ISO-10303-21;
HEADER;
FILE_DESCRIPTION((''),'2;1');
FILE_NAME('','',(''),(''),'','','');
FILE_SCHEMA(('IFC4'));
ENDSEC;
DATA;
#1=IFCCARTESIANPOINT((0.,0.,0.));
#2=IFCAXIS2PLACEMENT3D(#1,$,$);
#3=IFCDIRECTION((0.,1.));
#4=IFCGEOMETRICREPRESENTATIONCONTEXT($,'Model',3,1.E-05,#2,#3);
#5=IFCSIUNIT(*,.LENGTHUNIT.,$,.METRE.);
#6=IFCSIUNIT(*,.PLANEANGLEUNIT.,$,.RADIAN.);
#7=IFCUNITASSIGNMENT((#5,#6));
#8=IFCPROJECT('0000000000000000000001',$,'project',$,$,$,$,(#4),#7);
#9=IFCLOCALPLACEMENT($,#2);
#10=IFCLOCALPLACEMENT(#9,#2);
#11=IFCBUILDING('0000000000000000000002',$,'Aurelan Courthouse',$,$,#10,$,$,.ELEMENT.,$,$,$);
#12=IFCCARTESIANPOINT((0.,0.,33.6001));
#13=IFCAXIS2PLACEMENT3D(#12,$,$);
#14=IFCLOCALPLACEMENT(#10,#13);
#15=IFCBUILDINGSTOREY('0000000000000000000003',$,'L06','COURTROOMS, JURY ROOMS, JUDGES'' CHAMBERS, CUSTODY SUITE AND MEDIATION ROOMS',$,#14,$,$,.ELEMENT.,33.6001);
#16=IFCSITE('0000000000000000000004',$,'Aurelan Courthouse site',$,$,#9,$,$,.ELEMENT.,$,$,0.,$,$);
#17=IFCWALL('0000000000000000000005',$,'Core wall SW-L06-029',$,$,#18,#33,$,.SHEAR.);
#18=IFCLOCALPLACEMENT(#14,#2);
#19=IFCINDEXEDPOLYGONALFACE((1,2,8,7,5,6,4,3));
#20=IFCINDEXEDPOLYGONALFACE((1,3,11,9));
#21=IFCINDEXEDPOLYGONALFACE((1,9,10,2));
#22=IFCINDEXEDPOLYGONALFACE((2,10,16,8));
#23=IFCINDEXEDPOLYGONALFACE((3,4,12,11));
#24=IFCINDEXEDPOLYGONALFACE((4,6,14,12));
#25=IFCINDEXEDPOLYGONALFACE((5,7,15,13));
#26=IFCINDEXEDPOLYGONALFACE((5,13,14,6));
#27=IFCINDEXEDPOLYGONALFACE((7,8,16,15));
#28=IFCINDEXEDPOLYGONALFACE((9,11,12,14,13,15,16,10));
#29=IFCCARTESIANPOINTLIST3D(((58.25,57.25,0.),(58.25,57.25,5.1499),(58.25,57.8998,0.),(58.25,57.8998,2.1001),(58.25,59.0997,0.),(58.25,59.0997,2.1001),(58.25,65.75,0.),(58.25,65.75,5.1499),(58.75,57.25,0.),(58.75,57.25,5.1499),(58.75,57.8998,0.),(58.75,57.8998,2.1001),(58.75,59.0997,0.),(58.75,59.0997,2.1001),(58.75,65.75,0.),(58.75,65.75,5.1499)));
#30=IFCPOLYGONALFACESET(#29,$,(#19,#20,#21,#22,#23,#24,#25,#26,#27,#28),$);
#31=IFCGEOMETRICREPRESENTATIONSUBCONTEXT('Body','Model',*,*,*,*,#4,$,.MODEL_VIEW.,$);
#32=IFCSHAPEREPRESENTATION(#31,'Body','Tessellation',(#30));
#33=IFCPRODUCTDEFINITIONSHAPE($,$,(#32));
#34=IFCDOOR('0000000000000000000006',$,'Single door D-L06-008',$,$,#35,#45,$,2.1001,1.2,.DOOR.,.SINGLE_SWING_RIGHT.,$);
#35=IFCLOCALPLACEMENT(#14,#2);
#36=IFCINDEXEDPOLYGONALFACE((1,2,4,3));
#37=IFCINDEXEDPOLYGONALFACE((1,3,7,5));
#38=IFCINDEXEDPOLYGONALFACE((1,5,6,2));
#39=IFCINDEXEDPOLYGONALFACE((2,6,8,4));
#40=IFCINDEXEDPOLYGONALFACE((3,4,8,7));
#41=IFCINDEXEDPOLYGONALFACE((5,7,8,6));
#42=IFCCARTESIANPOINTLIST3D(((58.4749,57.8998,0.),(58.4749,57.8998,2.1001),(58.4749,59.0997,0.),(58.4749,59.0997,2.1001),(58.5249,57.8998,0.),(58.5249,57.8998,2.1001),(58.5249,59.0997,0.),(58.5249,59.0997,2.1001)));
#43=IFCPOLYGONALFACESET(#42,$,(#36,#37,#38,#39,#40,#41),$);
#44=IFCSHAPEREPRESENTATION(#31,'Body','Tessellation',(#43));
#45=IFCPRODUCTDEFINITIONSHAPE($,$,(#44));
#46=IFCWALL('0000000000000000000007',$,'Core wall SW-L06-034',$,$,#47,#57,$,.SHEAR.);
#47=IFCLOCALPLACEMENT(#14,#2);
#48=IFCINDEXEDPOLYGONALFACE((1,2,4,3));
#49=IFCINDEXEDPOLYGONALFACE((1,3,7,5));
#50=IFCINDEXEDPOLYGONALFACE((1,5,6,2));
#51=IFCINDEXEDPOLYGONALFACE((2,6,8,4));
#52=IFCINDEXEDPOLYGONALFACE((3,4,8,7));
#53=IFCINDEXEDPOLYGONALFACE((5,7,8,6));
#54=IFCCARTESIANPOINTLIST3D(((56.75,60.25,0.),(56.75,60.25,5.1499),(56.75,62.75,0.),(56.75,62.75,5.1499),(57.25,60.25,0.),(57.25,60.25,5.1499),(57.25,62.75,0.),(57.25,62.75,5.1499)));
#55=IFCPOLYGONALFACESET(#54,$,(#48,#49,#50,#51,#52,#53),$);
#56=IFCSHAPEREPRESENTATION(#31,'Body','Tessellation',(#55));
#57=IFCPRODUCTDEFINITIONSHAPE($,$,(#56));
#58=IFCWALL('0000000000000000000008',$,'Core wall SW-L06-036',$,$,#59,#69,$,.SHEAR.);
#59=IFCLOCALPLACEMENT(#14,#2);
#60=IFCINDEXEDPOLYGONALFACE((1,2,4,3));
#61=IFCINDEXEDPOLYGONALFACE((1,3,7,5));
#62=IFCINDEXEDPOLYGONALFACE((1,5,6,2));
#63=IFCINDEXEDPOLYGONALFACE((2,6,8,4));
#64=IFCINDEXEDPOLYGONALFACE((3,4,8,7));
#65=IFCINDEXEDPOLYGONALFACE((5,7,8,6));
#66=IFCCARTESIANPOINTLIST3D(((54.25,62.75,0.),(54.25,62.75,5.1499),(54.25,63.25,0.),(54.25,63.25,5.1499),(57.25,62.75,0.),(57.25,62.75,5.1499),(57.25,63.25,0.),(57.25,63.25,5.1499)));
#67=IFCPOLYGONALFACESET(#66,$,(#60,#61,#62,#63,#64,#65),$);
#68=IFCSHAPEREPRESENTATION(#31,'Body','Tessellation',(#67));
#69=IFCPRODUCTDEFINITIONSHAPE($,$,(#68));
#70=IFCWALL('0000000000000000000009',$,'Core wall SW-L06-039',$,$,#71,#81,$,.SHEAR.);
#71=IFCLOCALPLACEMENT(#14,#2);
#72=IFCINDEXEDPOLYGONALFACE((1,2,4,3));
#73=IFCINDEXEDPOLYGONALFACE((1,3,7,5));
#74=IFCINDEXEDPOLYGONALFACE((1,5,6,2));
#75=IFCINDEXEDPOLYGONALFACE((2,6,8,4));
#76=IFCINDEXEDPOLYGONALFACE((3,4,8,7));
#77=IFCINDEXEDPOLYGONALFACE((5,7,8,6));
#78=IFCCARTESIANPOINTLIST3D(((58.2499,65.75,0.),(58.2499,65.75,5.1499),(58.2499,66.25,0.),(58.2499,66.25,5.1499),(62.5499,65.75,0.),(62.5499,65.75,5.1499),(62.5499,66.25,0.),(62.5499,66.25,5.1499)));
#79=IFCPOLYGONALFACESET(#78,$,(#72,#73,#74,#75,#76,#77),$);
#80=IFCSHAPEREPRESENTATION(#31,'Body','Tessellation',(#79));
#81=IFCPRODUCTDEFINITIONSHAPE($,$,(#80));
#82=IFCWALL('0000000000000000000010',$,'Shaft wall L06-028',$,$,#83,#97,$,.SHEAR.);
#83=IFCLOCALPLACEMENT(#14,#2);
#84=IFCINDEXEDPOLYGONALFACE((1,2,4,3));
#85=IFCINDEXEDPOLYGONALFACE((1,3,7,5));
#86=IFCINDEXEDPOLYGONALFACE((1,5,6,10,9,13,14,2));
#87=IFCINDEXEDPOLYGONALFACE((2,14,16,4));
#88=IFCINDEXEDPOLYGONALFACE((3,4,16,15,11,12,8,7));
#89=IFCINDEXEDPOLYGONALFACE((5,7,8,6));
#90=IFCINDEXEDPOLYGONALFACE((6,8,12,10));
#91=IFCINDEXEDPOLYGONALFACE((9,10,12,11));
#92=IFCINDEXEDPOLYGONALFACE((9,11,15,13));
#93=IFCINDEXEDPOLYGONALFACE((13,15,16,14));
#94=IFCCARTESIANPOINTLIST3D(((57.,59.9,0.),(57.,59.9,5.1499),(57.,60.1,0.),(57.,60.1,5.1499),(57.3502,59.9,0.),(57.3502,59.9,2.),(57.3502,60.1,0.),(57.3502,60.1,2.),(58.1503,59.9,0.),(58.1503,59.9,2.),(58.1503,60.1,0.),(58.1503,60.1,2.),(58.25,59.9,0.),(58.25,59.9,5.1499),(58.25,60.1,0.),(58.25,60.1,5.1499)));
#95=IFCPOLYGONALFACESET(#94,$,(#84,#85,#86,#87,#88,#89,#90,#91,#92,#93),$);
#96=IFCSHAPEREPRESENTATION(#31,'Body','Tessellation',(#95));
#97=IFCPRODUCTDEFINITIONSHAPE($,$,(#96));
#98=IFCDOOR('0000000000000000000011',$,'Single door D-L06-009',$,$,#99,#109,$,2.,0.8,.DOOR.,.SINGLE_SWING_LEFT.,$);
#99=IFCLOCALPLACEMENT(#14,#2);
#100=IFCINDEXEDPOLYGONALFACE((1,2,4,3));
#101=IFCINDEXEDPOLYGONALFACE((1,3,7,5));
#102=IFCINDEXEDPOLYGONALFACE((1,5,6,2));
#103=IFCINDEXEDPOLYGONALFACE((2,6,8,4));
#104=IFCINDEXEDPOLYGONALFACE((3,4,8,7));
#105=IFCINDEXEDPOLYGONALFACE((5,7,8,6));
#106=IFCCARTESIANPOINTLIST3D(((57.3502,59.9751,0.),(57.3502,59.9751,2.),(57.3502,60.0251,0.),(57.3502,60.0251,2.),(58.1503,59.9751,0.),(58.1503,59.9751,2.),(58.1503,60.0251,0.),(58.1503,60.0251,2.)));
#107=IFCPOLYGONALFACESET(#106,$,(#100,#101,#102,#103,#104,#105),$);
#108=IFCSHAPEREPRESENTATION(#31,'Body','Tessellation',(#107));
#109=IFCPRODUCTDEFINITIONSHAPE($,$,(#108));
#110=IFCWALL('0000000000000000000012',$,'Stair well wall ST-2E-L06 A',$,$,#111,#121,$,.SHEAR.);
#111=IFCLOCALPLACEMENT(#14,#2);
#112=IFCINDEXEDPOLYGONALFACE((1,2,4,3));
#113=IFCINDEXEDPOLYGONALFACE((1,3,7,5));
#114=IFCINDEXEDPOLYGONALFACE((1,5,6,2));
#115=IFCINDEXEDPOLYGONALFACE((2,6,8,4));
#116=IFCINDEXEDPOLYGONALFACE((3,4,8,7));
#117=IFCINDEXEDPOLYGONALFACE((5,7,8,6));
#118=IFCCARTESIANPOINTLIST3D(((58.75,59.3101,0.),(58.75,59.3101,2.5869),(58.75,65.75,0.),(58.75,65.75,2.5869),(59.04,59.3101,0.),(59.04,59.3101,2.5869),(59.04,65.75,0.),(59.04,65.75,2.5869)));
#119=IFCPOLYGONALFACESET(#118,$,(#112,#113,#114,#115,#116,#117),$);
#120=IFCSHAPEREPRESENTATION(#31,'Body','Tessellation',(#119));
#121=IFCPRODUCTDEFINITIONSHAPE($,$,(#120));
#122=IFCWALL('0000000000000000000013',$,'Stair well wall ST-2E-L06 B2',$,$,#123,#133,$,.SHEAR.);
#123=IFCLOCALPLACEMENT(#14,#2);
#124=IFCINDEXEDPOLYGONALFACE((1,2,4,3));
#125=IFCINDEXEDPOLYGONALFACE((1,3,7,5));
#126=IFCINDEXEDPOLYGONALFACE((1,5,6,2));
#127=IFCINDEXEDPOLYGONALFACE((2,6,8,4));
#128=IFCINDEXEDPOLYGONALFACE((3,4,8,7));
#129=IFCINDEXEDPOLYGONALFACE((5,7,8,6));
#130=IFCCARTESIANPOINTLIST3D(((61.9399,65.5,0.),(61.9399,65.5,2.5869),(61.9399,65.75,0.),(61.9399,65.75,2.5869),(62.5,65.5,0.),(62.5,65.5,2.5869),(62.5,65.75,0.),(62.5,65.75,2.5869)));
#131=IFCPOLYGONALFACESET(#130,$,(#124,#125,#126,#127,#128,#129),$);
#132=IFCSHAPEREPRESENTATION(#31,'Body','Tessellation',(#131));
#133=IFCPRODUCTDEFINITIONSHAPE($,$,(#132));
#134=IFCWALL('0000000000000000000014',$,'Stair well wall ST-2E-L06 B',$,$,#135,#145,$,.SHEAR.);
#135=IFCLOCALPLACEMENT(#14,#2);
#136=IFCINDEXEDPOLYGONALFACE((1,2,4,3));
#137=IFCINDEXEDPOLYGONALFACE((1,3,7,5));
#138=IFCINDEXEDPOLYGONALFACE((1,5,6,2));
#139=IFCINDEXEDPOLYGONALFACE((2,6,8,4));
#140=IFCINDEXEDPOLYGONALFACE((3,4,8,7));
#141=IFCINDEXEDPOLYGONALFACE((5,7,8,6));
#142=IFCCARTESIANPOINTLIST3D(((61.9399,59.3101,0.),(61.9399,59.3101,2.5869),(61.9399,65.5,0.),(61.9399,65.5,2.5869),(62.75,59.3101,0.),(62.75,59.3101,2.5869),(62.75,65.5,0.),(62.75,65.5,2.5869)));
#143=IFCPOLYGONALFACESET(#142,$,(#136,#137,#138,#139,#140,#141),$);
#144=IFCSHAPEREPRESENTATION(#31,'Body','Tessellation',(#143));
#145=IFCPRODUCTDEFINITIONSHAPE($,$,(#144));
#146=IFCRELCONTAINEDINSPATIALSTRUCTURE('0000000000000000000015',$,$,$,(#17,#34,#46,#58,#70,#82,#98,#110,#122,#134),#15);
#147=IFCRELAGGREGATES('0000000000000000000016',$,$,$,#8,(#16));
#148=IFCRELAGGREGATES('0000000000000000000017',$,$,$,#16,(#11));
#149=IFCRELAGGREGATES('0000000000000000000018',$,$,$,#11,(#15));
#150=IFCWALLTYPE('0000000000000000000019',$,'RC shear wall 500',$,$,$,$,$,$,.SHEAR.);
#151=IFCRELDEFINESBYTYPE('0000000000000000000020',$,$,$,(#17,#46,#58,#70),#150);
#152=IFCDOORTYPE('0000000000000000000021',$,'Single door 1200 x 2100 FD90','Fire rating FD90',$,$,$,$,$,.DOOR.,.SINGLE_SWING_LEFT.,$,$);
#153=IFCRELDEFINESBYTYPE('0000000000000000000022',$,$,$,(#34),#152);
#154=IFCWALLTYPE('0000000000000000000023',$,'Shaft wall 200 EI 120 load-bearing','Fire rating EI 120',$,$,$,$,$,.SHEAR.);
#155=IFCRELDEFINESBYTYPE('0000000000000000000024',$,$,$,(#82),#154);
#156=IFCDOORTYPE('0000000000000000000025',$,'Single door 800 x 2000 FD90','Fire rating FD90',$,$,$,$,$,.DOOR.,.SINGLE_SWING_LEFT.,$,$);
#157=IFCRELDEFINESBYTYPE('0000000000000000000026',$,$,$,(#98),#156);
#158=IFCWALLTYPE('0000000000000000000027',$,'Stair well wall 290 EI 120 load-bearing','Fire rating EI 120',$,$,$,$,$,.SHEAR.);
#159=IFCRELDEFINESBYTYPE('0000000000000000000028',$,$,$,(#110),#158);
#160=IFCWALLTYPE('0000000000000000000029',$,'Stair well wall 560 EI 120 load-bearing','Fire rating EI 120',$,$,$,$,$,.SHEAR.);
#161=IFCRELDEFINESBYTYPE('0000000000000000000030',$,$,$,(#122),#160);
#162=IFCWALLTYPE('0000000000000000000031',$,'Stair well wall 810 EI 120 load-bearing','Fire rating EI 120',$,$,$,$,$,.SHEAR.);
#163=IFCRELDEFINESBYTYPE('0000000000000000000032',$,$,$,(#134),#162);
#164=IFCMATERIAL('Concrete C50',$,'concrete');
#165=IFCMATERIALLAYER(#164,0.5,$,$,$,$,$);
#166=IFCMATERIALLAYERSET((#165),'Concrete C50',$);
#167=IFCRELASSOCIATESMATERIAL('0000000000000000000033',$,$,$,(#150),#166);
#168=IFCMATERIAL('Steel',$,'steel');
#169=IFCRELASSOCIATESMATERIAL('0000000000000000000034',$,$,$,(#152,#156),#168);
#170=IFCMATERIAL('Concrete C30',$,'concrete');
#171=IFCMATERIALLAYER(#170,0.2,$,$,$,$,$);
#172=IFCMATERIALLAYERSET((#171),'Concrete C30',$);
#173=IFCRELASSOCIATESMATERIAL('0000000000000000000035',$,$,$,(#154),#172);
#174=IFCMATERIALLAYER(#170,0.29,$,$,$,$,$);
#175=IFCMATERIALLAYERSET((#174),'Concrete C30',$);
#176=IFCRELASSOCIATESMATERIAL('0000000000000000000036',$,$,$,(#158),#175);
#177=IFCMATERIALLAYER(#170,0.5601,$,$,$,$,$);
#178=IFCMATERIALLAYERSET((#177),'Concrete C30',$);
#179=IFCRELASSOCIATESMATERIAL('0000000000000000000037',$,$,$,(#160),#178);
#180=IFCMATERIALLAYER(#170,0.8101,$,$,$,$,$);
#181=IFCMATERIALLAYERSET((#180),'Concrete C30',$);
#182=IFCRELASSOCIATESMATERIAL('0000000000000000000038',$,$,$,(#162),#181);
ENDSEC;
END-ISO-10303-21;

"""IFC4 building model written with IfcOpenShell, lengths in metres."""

from ifc_helpers import new_model, si_unit, direction, frame, frame_2d, origin, place, context, subcontext, project, spatial, rectangle, extrude, material, layer, layer_set, type_object, element, fill, save


model = new_model("IFC4")

# Units and contexts
model_context = context("Model", 3, precision=1e-05, world=origin(), true_north=direction((0.0, 1.0)))
body_context = subcontext(model_context, "Body", "Model", "MODEL_VIEW")
ifc_project = project(units=[si_unit("LENGTHUNIT", "METRE"), si_unit("PLANEANGLEUNIT", "RADIAN")], contexts=[model_context])

# Site, building, storey
site_placement = place(None, origin())
site = spatial("IfcSite", under=ifc_project, at=site_placement, Name="Aurelan Courthouse site", CompositionType="ELEMENT", RefElevation=0.0)
building_placement = place(site_placement, origin())
building = spatial("IfcBuilding", under=site, at=building_placement, Name="Aurelan Courthouse", CompositionType="ELEMENT")
storey_placement = place(building_placement, frame((0.0, 0.0, 33.6001)))
storey = spatial("IfcBuildingStorey", under=building, at=storey_placement, Name="L06", Description="COURTROOMS, JURY ROOMS, JUDGES' CHAMBERS, CUSTODY SUITE AND MEDIATION ROOMS", CompositionType="ELEMENT", Elevation=33.6001)

# Shared definitions
ifc_material_1 = material(Name="Concrete C50", Category="concrete")

# Shared definitions
ifc_material_2 = material(Name="Concrete C30", Category="concrete")

# Shared definitions
ifc_material_3 = material(Name="Steel", Category="steel")

# Shared definitions
ifc_layer_1 = layer(ifc_material_1, 0.5)
ifc_layer_set_1 = layer_set([ifc_layer_1], Name="Concrete C50")
wall_type_1 = type_object("IfcWallType", Name="RC shear wall 500", PredefinedType="SHEAR", material=ifc_layer_set_1)

# Wall, opening, door
wall_1_placement = place(storey_placement, frame((58.5, 57.25, 0.0), z_axis=(0.0, 0.0, 1.0), x_axis=(0.0, 1.0, 0.0)))
wall_1 = element("IfcWall", 1, at=wall_1_placement, inside=storey, type_object=wall_type_1, Name="Core wall SW-L06-029", PredefinedType="SHEAR", context=body_context, shape_type="SweptSolid", body=[
    extrude(rectangle(XDim=8.5, YDim=0.5, at=frame_2d((4.25, 0.0))), origin(), (0.0, 0.0, 1.0), 5.1499),
])
opening_1_placement = place(wall_1_placement, frame((1.8499, 0.0, 0.0), z_axis=(0.0, 0.0, 1.0), x_axis=(-1.0, 0.0, 0.0)))
opening_1 = element("IfcOpeningElement", 2, at=opening_1_placement, cuts=wall_1, PredefinedType="OPENING", context=body_context, shape_type="SweptSolid", body=[
    extrude(rectangle(XDim=1.2, YDim=2.1001, at=frame_2d((0.6001, 1.05))), frame((0.0, 0.26, 0.0), z_axis=(0.0, -1.0, 0.0), x_axis=(1.0, 0.0, 0.0)), (0.0, 0.0, 1.0), 0.52),
])
door_type_1 = type_object("IfcDoorType", Name="Single door 1200 x 2100 FD90", Description="Fire rating FD90", OperationType="SINGLE_SWING_LEFT", PredefinedType="DOOR", material=ifc_material_3)
door_1_placement = place(opening_1_placement, origin())
door_1 = element("IfcDoor", 3, at=door_1_placement, inside=storey, type_object=door_type_1, Name="Single door D-L06-008", OperationType="SINGLE_SWING_RIGHT", OverallHeight=2.1001, OverallWidth=1.2, PredefinedType="DOOR", context=body_context, shape_type="SweptSolid", body=[
    extrude(rectangle(XDim=1.2, YDim=2.1001, at=frame_2d((0.6001, 1.05))), frame((0.0, 0.0249, 0.0), z_axis=(0.0, -1.0, 0.0), x_axis=(1.0, 0.0, 0.0)), (0.0, 0.0, 1.0), 0.05),
])
fill(opening_1, door_1)

# Walls
wall_2_placement = place(storey_placement, frame((57.0, 60.25, 0.0), z_axis=(0.0, 0.0, 1.0), x_axis=(0.0, 1.0, 0.0)))
element("IfcWall", 4, at=wall_2_placement, inside=storey, type_object=wall_type_1, Name="Core wall SW-L06-034", PredefinedType="SHEAR", context=body_context, shape_type="SweptSolid", body=[
    extrude(rectangle(XDim=2.5, YDim=0.5, at=frame_2d((1.25, 0.0))), origin(), (0.0, 0.0, 1.0), 5.1499),
])
wall_3_placement = place(storey_placement, frame((54.25, 63.0, 0.0), z_axis=(0.0, 0.0, 1.0), x_axis=(1.0, 0.0, 0.0)))
element("IfcWall", 5, at=wall_3_placement, inside=storey, type_object=wall_type_1, Name="Core wall SW-L06-036", PredefinedType="SHEAR", context=body_context, shape_type="SweptSolid", body=[
    extrude(rectangle(XDim=3.0, YDim=0.5, at=frame_2d((1.5, 0.0))), origin(), (0.0, 0.0, 1.0), 5.1499),
])
wall_4_placement = place(storey_placement, frame((58.25, 66.0, 0.0), z_axis=(0.0, 0.0, 1.0), x_axis=(1.0, 0.0, 0.0)))
element("IfcWall", 6, at=wall_4_placement, inside=storey, type_object=wall_type_1, Name="Core wall SW-L06-039", PredefinedType="SHEAR", context=body_context, shape_type="SweptSolid", body=[
    extrude(rectangle(XDim=4.3, YDim=0.5, at=frame_2d((2.1499, 0.0))), origin(), (0.0, 0.0, 1.0), 5.1499),
])

# Wall, opening, door
ifc_layer_2 = layer(ifc_material_2, 0.2)
ifc_layer_set_2 = layer_set([ifc_layer_2], Name="Concrete C30")
wall_type_2 = type_object("IfcWallType", Name="Shaft wall 200 EI 120 load-bearing", Description="Fire rating EI 120", PredefinedType="SHEAR", material=ifc_layer_set_2)
wall_5_placement = place(storey_placement, frame((57.0, 60.0, 0.0), z_axis=(0.0, 0.0, 1.0), x_axis=(1.0, 0.0, 0.0)))
wall_5 = element("IfcWall", 7, at=wall_5_placement, inside=storey, type_object=wall_type_2, Name="Shaft wall L06-028", PredefinedType="SHEAR", context=body_context, shape_type="SweptSolid", body=[
    extrude(rectangle(XDim=1.25, YDim=0.2, at=frame_2d((0.625, 0.0))), origin(), (0.0, 0.0, 1.0), 5.1499),
])
opening_2_placement = place(wall_5_placement, frame((1.1501, 0.0, 0.0), z_axis=(0.0, 0.0, 1.0), x_axis=(-1.0, 0.0, 0.0)))
opening_2 = element("IfcOpeningElement", 8, at=opening_2_placement, cuts=wall_5, PredefinedType="OPENING", context=body_context, shape_type="SweptSolid", body=[
    extrude(rectangle(XDim=0.8, YDim=2.0, at=frame_2d((0.3999, 1.0))), frame((0.0, 0.1099, 0.0), z_axis=(0.0, -1.0, 0.0), x_axis=(1.0, 0.0, 0.0)), (0.0, 0.0, 1.0), 0.22),
])
door_type_2 = type_object("IfcDoorType", Name="Single door 800 x 2000 FD90", Description="Fire rating FD90", OperationType="SINGLE_SWING_LEFT", PredefinedType="DOOR", material=ifc_material_3)
door_2_placement = place(opening_2_placement, origin())
door_2 = element("IfcDoor", 9, at=door_2_placement, inside=storey, type_object=door_type_2, Name="Single door D-L06-009", OperationType="SINGLE_SWING_LEFT", OverallHeight=2.0, OverallWidth=0.8, PredefinedType="DOOR", context=body_context, shape_type="SweptSolid", body=[
    extrude(rectangle(XDim=0.8, YDim=2.0, at=frame_2d((0.3999, 1.0))), frame((0.0, 0.0249, 0.0), z_axis=(0.0, -1.0, 0.0), x_axis=(1.0, 0.0, 0.0)), (0.0, 0.0, 1.0), 0.05),
])
fill(opening_2, door_2)

# Walls
ifc_layer_3 = layer(ifc_material_2, 0.29)
ifc_layer_set_3 = layer_set([ifc_layer_3], Name="Concrete C30")
wall_type_3 = type_object("IfcWallType", Name="Stair well wall 290 EI 120 load-bearing", Description="Fire rating EI 120", PredefinedType="SHEAR", material=ifc_layer_set_3)
wall_6_placement = place(storey_placement, frame((58.895, 59.3101, 0.0), z_axis=(0.0, 0.0, 1.0), x_axis=(0.0, 1.0, 0.0)))
element("IfcWall", 10, at=wall_6_placement, inside=storey, type_object=wall_type_3, Name="Stair well wall ST-2E-L06 A", PredefinedType="SHEAR", context=body_context, shape_type="SweptSolid", body=[
    extrude(rectangle(XDim=6.4399, YDim=0.29, at=frame_2d((3.22, 0.0))), origin(), (0.0, 0.0, 1.0), 2.5869),
])
ifc_layer_4 = layer(ifc_material_2, 0.5601)
ifc_layer_set_4 = layer_set([ifc_layer_4], Name="Concrete C30")
wall_type_4 = type_object("IfcWallType", Name="Stair well wall 560 EI 120 load-bearing", Description="Fire rating EI 120", PredefinedType="SHEAR", material=ifc_layer_set_4)
wall_7_placement = place(storey_placement, frame((62.22, 65.5, 0.0), z_axis=(0.0, 0.0, 1.0), x_axis=(0.0, 1.0, 0.0)))
element("IfcWall", 11, at=wall_7_placement, inside=storey, type_object=wall_type_4, Name="Stair well wall ST-2E-L06 B2", PredefinedType="SHEAR", context=body_context, shape_type="SweptSolid", body=[
    extrude(rectangle(XDim=0.25, YDim=0.5601, at=frame_2d((0.125, 0.0))), origin(), (0.0, 0.0, 1.0), 2.5869),
])
ifc_layer_5 = layer(ifc_material_2, 0.8101)
ifc_layer_set_5 = layer_set([ifc_layer_5], Name="Concrete C30")
wall_type_5 = type_object("IfcWallType", Name="Stair well wall 810 EI 120 load-bearing", Description="Fire rating EI 120", PredefinedType="SHEAR", material=ifc_layer_set_5)
wall_8_placement = place(storey_placement, frame((62.345, 59.3101, 0.0), z_axis=(0.0, 0.0, 1.0), x_axis=(0.0, 1.0, 0.0)))
element("IfcWall", 12, at=wall_8_placement, inside=storey, type_object=wall_type_5, Name="Stair well wall ST-2E-L06 B", PredefinedType="SHEAR", context=body_context, shape_type="SweptSolid", body=[
    extrude(rectangle(XDim=6.1899, YDim=0.8101, at=frame_2d((3.095, 0.0))), origin(), (0.0, 0.0, 1.0), 2.5869),
])

save(model, "model.ifc")
